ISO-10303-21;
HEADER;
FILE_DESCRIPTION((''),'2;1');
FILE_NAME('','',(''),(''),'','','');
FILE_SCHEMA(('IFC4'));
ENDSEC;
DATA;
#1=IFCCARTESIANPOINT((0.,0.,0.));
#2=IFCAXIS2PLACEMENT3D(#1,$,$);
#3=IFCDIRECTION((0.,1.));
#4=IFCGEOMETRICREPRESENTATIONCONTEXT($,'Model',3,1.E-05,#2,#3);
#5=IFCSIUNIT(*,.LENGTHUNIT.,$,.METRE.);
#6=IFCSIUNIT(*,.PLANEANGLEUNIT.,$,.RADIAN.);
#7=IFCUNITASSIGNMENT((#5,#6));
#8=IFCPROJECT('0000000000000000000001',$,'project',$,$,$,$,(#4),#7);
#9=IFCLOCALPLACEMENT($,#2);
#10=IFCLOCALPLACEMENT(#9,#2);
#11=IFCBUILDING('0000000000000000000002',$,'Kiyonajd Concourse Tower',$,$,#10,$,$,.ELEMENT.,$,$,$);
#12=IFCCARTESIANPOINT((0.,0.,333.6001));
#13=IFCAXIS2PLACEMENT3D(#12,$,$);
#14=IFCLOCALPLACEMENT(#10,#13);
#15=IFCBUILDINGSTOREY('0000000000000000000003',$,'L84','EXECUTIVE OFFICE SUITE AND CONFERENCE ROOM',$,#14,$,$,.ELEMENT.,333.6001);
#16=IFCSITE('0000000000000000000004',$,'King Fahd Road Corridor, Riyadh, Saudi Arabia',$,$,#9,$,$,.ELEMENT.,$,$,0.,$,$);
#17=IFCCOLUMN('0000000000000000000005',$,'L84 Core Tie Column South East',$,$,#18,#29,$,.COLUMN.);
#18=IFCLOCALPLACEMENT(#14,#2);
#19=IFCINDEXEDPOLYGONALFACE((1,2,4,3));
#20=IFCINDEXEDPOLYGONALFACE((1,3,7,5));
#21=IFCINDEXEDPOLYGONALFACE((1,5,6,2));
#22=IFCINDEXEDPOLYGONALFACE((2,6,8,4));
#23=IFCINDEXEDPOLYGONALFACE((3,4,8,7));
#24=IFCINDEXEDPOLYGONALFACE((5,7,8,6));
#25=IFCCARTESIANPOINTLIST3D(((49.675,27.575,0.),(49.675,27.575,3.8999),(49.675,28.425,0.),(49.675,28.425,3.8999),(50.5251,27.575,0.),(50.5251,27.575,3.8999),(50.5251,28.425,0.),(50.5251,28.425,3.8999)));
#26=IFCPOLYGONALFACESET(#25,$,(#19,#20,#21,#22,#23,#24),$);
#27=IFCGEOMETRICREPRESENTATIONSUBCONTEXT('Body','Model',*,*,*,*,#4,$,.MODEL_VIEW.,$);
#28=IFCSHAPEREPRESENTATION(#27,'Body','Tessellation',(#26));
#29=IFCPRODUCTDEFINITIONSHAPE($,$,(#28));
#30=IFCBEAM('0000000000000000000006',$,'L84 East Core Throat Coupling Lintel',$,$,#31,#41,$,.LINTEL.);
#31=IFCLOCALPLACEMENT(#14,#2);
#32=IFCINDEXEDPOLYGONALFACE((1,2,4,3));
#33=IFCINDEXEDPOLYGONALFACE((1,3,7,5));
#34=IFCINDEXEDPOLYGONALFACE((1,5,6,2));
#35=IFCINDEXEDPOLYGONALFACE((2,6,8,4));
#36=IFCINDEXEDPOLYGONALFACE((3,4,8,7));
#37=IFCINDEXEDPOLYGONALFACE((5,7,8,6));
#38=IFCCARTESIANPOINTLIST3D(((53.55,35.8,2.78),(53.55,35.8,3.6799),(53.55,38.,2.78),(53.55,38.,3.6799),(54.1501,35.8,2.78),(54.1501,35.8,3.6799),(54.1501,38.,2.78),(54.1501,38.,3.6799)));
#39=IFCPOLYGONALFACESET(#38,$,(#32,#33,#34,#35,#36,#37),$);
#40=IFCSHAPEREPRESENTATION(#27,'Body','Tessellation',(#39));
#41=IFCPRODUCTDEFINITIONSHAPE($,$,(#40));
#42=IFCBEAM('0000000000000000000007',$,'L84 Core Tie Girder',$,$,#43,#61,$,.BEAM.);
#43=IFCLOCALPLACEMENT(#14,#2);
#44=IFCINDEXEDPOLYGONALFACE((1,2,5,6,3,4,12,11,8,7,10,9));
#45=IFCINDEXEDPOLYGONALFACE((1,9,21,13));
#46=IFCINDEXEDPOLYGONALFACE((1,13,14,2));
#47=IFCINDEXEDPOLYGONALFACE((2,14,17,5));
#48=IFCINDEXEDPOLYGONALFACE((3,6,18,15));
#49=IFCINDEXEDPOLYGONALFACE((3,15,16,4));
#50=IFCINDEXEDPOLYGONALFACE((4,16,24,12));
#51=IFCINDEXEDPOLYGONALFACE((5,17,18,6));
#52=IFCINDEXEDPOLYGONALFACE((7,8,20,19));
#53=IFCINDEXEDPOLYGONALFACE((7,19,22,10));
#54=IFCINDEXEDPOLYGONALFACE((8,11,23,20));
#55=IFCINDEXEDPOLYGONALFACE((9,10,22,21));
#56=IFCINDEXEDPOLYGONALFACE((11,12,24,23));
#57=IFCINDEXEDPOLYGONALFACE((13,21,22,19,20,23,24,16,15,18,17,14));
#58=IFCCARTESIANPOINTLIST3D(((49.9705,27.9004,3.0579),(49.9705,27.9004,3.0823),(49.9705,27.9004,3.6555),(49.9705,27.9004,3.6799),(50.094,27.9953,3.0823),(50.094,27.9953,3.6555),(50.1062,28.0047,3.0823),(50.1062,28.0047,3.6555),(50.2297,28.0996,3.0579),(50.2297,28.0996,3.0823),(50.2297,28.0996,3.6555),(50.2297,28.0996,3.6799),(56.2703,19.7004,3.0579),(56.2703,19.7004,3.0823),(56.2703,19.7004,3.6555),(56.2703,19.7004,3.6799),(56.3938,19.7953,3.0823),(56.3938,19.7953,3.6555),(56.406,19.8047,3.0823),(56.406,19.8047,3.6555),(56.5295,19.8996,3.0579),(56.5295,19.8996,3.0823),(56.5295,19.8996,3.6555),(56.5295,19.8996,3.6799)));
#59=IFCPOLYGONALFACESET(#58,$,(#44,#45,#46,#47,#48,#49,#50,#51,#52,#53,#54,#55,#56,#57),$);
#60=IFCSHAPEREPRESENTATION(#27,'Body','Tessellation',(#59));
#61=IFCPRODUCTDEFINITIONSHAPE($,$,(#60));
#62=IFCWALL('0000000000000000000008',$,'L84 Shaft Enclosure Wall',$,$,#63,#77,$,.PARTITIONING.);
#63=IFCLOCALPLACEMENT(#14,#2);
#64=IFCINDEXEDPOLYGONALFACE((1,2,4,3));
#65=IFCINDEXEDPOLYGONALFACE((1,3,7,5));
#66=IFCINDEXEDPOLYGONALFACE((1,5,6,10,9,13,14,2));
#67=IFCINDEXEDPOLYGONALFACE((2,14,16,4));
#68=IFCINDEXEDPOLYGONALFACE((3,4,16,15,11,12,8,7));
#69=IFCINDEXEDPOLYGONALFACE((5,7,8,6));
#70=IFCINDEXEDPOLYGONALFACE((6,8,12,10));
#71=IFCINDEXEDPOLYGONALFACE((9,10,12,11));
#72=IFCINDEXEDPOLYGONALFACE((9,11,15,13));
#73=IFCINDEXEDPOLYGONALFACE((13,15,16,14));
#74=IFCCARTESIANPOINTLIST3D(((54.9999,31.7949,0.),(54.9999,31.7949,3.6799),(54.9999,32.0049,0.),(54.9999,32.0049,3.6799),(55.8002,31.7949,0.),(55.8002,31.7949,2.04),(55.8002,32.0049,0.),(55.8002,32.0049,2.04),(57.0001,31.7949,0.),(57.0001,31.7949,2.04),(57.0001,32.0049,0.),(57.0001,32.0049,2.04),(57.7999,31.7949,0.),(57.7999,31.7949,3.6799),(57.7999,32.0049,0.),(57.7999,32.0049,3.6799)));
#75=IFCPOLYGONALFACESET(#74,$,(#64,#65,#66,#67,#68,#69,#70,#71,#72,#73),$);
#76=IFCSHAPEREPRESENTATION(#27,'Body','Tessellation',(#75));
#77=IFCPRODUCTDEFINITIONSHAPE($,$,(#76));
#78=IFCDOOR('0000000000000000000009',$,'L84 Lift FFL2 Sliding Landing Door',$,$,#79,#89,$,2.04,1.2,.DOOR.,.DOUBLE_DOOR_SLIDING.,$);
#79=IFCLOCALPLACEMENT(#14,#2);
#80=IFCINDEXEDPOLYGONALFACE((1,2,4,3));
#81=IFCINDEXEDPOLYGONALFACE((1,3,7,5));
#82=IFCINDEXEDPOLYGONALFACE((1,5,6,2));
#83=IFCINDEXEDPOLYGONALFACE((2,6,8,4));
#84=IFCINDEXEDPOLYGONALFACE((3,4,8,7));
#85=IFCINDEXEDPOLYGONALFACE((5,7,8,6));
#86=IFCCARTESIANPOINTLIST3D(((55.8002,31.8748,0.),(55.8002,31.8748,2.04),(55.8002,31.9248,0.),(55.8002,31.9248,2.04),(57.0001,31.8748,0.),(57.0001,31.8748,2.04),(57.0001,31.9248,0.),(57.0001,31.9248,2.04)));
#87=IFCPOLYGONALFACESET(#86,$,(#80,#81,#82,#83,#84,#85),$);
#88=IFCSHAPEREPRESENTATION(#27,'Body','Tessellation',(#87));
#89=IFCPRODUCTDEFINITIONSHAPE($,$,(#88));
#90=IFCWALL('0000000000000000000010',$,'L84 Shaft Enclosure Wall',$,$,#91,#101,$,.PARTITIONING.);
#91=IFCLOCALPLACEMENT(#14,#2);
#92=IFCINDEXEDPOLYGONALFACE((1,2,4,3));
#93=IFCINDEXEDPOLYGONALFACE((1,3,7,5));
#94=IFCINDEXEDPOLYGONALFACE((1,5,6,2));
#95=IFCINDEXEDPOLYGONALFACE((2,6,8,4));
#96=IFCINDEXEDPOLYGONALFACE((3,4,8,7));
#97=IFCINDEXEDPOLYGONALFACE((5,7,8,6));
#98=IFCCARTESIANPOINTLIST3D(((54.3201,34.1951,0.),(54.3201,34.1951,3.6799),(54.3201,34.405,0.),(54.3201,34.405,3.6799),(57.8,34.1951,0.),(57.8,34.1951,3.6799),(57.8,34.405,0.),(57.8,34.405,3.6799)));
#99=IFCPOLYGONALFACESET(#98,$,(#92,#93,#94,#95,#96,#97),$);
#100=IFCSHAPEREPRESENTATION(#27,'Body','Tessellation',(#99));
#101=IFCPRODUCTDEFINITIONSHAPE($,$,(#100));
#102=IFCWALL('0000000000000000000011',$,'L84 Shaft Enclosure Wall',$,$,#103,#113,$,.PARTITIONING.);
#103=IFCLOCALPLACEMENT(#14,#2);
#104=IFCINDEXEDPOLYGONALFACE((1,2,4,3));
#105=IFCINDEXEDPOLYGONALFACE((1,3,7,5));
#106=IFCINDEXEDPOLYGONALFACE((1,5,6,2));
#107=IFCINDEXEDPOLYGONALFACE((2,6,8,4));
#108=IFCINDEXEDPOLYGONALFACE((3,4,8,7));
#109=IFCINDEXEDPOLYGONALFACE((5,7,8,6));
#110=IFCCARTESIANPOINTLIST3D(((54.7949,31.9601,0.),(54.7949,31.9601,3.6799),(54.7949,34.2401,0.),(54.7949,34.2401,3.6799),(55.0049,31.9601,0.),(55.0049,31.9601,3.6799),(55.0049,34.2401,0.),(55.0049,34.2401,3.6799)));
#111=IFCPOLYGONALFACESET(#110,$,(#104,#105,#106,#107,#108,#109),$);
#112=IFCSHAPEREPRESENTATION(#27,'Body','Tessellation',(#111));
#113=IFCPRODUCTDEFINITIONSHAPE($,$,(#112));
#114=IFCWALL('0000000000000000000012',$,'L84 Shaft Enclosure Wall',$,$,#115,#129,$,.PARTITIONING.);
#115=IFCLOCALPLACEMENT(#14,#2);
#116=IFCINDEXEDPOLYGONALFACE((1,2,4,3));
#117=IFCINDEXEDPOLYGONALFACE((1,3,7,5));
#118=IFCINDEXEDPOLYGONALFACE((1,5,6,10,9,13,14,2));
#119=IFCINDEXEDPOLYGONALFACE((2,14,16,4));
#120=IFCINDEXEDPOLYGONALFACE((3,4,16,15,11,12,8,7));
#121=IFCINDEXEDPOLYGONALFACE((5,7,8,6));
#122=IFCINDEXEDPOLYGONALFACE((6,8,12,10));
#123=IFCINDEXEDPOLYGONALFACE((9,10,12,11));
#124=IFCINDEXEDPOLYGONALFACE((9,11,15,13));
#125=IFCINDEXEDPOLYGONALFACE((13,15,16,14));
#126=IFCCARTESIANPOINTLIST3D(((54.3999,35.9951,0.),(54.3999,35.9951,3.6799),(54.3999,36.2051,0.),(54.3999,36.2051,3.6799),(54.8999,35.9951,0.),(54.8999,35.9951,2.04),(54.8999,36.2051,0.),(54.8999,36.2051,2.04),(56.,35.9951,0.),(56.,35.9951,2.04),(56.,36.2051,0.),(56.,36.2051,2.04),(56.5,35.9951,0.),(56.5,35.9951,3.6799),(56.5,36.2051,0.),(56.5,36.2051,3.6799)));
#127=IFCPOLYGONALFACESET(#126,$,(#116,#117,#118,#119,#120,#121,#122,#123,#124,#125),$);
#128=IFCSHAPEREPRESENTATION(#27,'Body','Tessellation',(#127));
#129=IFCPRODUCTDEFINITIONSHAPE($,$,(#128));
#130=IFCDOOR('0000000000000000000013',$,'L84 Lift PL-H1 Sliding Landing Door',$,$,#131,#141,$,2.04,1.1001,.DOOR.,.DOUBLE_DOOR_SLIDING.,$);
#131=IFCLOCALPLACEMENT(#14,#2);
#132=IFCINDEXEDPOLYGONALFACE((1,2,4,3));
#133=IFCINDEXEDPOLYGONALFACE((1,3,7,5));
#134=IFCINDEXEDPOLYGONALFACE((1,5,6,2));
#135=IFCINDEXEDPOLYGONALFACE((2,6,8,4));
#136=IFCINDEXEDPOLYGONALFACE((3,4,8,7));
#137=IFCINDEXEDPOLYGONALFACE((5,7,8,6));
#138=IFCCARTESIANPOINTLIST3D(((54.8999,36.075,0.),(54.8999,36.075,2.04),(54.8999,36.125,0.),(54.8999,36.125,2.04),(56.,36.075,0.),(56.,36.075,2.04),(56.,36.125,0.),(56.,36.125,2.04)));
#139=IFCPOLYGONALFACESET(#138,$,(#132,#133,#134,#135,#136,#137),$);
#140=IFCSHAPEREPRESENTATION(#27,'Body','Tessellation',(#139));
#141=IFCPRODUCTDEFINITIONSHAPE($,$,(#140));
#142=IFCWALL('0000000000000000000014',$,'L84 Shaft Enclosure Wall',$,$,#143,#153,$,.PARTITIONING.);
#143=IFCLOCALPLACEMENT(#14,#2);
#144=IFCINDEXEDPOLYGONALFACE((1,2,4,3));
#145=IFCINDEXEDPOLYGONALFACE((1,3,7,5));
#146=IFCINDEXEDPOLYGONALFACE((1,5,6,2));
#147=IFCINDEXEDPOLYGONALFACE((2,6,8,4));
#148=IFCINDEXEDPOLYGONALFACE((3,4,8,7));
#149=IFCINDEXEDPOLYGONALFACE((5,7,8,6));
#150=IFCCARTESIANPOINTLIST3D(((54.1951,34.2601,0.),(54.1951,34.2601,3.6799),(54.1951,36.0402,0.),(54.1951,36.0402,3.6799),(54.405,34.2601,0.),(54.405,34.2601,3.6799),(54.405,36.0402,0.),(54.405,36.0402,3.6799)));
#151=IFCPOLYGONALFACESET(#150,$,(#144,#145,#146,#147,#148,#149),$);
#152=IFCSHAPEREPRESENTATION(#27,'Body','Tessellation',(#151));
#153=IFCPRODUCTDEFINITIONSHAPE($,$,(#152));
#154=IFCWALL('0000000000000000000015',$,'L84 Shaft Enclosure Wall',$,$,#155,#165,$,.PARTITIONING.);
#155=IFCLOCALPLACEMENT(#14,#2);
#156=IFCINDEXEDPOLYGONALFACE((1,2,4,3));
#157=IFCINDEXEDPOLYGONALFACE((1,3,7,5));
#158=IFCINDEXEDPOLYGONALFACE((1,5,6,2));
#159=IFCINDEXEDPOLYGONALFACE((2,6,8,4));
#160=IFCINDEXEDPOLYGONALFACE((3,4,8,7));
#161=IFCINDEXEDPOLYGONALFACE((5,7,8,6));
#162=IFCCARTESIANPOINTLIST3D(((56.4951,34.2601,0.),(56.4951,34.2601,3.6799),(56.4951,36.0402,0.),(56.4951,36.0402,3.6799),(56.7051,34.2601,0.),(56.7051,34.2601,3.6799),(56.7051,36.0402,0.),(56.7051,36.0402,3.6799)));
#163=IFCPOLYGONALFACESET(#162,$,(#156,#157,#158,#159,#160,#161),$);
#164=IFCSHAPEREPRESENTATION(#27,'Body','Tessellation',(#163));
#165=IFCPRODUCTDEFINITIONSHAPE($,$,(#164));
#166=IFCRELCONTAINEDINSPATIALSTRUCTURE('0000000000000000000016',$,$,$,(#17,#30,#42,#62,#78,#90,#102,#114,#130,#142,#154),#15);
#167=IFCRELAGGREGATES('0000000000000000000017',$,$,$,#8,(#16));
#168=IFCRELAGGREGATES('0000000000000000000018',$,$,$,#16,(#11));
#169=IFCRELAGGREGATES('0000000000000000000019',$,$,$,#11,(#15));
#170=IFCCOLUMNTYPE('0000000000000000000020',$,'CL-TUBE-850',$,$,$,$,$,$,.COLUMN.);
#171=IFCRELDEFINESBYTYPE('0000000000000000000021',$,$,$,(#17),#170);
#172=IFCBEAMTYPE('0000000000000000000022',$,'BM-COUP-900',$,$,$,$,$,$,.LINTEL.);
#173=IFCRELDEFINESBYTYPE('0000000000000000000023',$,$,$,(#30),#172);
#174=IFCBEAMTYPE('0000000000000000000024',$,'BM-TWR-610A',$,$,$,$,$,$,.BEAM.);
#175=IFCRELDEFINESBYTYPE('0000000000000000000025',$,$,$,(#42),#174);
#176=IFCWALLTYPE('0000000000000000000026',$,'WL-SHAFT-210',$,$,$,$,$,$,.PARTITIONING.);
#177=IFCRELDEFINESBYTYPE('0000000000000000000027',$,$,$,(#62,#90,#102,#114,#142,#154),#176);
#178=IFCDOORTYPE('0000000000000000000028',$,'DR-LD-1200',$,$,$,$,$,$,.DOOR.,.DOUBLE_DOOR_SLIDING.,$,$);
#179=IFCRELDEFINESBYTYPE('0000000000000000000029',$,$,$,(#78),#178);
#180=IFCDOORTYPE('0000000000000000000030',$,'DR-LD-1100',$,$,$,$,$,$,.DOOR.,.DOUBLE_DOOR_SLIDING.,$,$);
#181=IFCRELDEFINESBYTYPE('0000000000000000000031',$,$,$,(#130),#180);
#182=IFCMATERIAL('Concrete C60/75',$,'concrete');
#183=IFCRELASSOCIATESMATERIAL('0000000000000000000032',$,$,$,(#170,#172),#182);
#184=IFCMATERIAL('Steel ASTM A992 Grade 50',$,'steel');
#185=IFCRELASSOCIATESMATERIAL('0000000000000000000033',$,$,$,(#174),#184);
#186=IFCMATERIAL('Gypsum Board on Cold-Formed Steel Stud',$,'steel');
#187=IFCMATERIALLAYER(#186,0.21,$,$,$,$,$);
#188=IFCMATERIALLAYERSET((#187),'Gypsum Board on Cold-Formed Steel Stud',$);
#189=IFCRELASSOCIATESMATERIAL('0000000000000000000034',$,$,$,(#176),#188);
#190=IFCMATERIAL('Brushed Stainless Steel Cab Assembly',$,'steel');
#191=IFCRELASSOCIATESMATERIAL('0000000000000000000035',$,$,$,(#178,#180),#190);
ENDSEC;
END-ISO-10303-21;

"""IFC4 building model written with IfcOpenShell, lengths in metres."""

from ifc_helpers import new_model, si_unit, direction, frame, frame_2d, origin, origin_2d, place, context, subcontext, project, spatial, rectangle, i_section, extrude, material, layer, layer_set, material_profile, profile_set, type_object, element, fill, save


model = new_model("IFC4")

# Units and contexts
model_context = context("Model", 3, precision=1e-05, world=origin(), true_north=direction((0.0, 1.0)))
body_context = subcontext(model_context, "Body", "Model", "MODEL_VIEW")
ifc_project = project(units=[si_unit("LENGTHUNIT", "METRE"), si_unit("PLANEANGLEUNIT", "RADIAN")], contexts=[model_context])

# Site, building, storey
site_placement = place(None, origin())
site = spatial("IfcSite", under=ifc_project, at=site_placement, Name="King Fahd Road Corridor, Riyadh, Saudi Arabia", CompositionType="ELEMENT", RefElevation=0.0)
building_placement = place(site_placement, origin())
building = spatial("IfcBuilding", under=site, at=building_placement, Name="Kiyonajd Concourse Tower", CompositionType="ELEMENT")
storey_placement = place(building_placement, frame((0.0, 0.0, 333.6001)))
storey = spatial("IfcBuildingStorey", under=building, at=storey_placement, Name="L84", Description="EXECUTIVE OFFICE SUITE AND CONFERENCE ROOM", CompositionType="ELEMENT", Elevation=333.6001)

# Column
ifc_material_1 = material(Name="Concrete C60/75", Category="concrete")
ifc_material_profile_1 = material_profile(ifc_material_1, rectangle(XDim=0.8501, YDim=0.8501, at=origin_2d()), Name="RC-850x850")
ifc_profile_set_1 = profile_set([ifc_material_profile_1], Name="Concrete C60/75")
column_type = type_object("IfcColumnType", Name="CL-TUBE-850", PredefinedType="COLUMN", material=ifc_profile_set_1)
column_placement = place(storey_placement, frame((50.1001, 28.0, 0.0), z_axis=(0.0, 0.0, 1.0), x_axis=(1.0, 0.0, 0.0)))
element("IfcColumn", 1, at=column_placement, inside=storey, type_object=column_type, Name="L84 Core Tie Column South East", PredefinedType="COLUMN", context=body_context, shape_type="SweptSolid", body=[
    extrude(rectangle(XDim=0.8501, YDim=0.8501, at=origin_2d()), origin(), (0.0, 0.0, 1.0), 3.8999),
])

# Beams
ifc_material_profile_2 = material_profile(ifc_material_1, rectangle(XDim=0.6001, YDim=0.8999, at=origin_2d()), Name="RCBM-600x900")
ifc_profile_set_2 = profile_set([ifc_material_profile_2], Name="Concrete C60/75")
beam_type_1 = type_object("IfcBeamType", Name="BM-COUP-900", PredefinedType="LINTEL", material=ifc_profile_set_2)
beam_1_placement = place(storey_placement, frame((53.8501, 35.8, 3.23), z_axis=(0.0, 1.0, 0.0), x_axis=(-1.0, 0.0, 0.0)))
element("IfcBeam", 2, at=beam_1_placement, inside=storey, type_object=beam_type_1, Name="L84 East Core Throat Coupling Lintel", PredefinedType="LINTEL", context=body_context, shape_type="SweptSolid", body=[
    extrude(rectangle(XDim=0.6001, YDim=0.8999, at=origin_2d()), origin(), (0.0, 0.0, 1.0), 2.2),
])
ifc_material_2 = material(Name="Steel ASTM A992 Grade 50", Category="steel")
ifc_material_profile_3 = material_profile(ifc_material_2, i_section(OverallWidth=0.3269, OverallDepth=0.6221, WebThickness=0.0154, FlangeThickness=0.0244, at=origin_2d()), Name="W610X195")
ifc_profile_set_3 = profile_set([ifc_material_profile_3], Name="Steel ASTM A992 Grade 50")
beam_type_2 = type_object("IfcBeamType", Name="BM-TWR-610A", PredefinedType="BEAM", material=ifc_profile_set_3)
beam_2_placement = place(storey_placement, frame((50.1001, 28.0, 3.3689), z_axis=(0.609234, -0.792991, 0.0), x_axis=(0.792991, 0.609234, 0.0)))
element("IfcBeam", 3, at=beam_2_placement, inside=storey, type_object=beam_type_2, Name="L84 Core Tie Girder", PredefinedType="BEAM", context=body_context, shape_type="SweptSolid", body=[
    extrude(i_section(OverallWidth=0.3269, OverallDepth=0.6221, WebThickness=0.0154, FlangeThickness=0.0244, at=origin_2d()), origin(), (0.0, 0.0, 1.0), 10.3406),
])

# Wall, opening, door
ifc_material_3 = material(Name="Gypsum Board on Cold-Formed Steel Stud", Category="steel")
ifc_layer_1 = layer(ifc_material_3, 0.21)
ifc_layer_set_1 = layer_set([ifc_layer_1], Name="Gypsum Board on Cold-Formed Steel Stud")
wall_type_1 = type_object("IfcWallType", Name="WL-SHAFT-210", PredefinedType="PARTITIONING", material=ifc_layer_set_1)
wall_1_placement = place(storey_placement, frame((55.0, 31.8999, 0.0), z_axis=(0.0, 0.0, 1.0), x_axis=(1.0, 0.0, 0.0)))
wall_1 = element("IfcWall", 4, at=wall_1_placement, inside=storey, type_object=wall_type_1, Name="L84 Shaft Enclosure Wall", PredefinedType="PARTITIONING", context=body_context, shape_type="SweptSolid", body=[
    extrude(rectangle(XDim=2.8, YDim=0.21, at=frame_2d((1.3999, 0.0))), origin(), (0.0, 0.0, 1.0), 3.6799),
])
opening_1_placement = place(wall_1_placement, frame((0.8, 0.0, 0.0)))
opening_1 = element("IfcOpeningElement", 5, at=opening_1_placement, cuts=wall_1, PredefinedType="OPENING", context=body_context, shape_type="SweptSolid", body=[
    extrude(rectangle(XDim=1.2, YDim=2.04, at=frame_2d((0.6001, 1.02))), frame((0.0, 0.115, 0.0), z_axis=(0.0, -1.0, 0.0), x_axis=(1.0, 0.0, 0.0)), (0.0, 0.0, 1.0), 0.23),
])
ifc_material_4 = material(Name="Brushed Stainless Steel Cab Assembly", Category="steel")
door_type_1 = type_object("IfcDoorType", Name="DR-LD-1200", OperationType="DOUBLE_DOOR_SLIDING", PredefinedType="DOOR", material=ifc_material_4)
door_1_placement = place(opening_1_placement, origin())
door_1 = element("IfcDoor", 6, at=door_1_placement, inside=storey, type_object=door_type_1, Name="L84 Lift FFL2 Sliding Landing Door", OperationType="DOUBLE_DOOR_SLIDING", OverallHeight=2.04, OverallWidth=1.2, PredefinedType="DOOR", context=body_context, shape_type="SweptSolid", body=[
    extrude(rectangle(XDim=1.2, YDim=2.04, at=frame_2d((0.6001, 1.02))), frame((0.0, 0.0249, 0.0), z_axis=(0.0, -1.0, 0.0), x_axis=(1.0, 0.0, 0.0)), (0.0, 0.0, 1.0), 0.05),
])
fill(opening_1, door_1)

# Walls
wall_2_placement = place(storey_placement, frame((54.3201, 34.3, 0.0), z_axis=(0.0, 0.0, 1.0), x_axis=(1.0, 0.0, 0.0)))
element("IfcWall", 7, at=wall_2_placement, inside=storey, type_object=wall_type_1, Name="L84 Shaft Enclosure Wall", PredefinedType="PARTITIONING", context=body_context, shape_type="SweptSolid", body=[
    extrude(rectangle(XDim=3.48, YDim=0.21, at=frame_2d((1.74, 0.0))), origin(), (0.0, 0.0, 1.0), 3.6799),
])
wall_3_placement = place(storey_placement, frame((54.8999, 31.96, 0.0), z_axis=(0.0, 0.0, 1.0), x_axis=(0.0, 1.0, 0.0)))
element("IfcWall", 8, at=wall_3_placement, inside=storey, type_object=wall_type_1, Name="L84 Shaft Enclosure Wall", PredefinedType="PARTITIONING", context=body_context, shape_type="SweptSolid", body=[
    extrude(rectangle(XDim=2.28, YDim=0.21, at=frame_2d((1.1401, 0.0))), origin(), (0.0, 0.0, 1.0), 3.6799),
])

# Wall, opening, door
wall_4_placement = place(storey_placement, frame((54.3999, 36.1001, 0.0), z_axis=(0.0, 0.0, 1.0), x_axis=(1.0, 0.0, 0.0)))
wall_4 = element("IfcWall", 9, at=wall_4_placement, inside=storey, type_object=wall_type_1, Name="L84 Shaft Enclosure Wall", PredefinedType="PARTITIONING", context=body_context, shape_type="SweptSolid", body=[
    extrude(rectangle(XDim=2.1001, YDim=0.21, at=frame_2d((1.05, 0.0))), origin(), (0.0, 0.0, 1.0), 3.6799),
])
opening_2_placement = place(wall_4_placement, frame((0.5, 0.0, 0.0)))
opening_2 = element("IfcOpeningElement", 10, at=opening_2_placement, cuts=wall_4, PredefinedType="OPENING", context=body_context, shape_type="SweptSolid", body=[
    extrude(rectangle(XDim=1.1001, YDim=2.04, at=frame_2d((0.55, 1.02))), frame((0.0, 0.115, 0.0), z_axis=(0.0, -1.0, 0.0), x_axis=(1.0, 0.0, 0.0)), (0.0, 0.0, 1.0), 0.23),
])
door_type_2 = type_object("IfcDoorType", Name="DR-LD-1100", OperationType="DOUBLE_DOOR_SLIDING", PredefinedType="DOOR", material=ifc_material_4)
door_2_placement = place(opening_2_placement, origin())
door_2 = element("IfcDoor", 11, at=door_2_placement, inside=storey, type_object=door_type_2, Name="L84 Lift PL-H1 Sliding Landing Door", OperationType="DOUBLE_DOOR_SLIDING", OverallHeight=2.04, OverallWidth=1.1001, PredefinedType="DOOR", context=body_context, shape_type="SweptSolid", body=[
    extrude(rectangle(XDim=1.1001, YDim=2.04, at=frame_2d((0.55, 1.02))), frame((0.0, 0.0249, 0.0), z_axis=(0.0, -1.0, 0.0), x_axis=(1.0, 0.0, 0.0)), (0.0, 0.0, 1.0), 0.05),
])
fill(opening_2, door_2)

# Walls
for number, where, z_axis, x_axis, name in (
    (12, (54.3, 34.26, 0.0), (0.0, 0.0, 1.0), (0.0, 1.0, 0.0), "L84 Shaft Enclosure Wall"),
    (13, (56.6001, 34.26, 0.0), (0.0, 0.0, 1.0), (0.0, 1.0, 0.0), "L84 Shaft Enclosure Wall"),
):
    element("IfcWall", number, at=place(storey_placement, frame(where, z_axis=z_axis, x_axis=x_axis)), inside=storey, type_object=wall_type_1, Name=name, PredefinedType="PARTITIONING", context=body_context, shape_type="SweptSolid", body=[
        extrude(rectangle(XDim=1.78, YDim=0.21, at=frame_2d((0.8901, 0.0))), origin(), (0.0, 0.0, 1.0), 3.6799),
    ])

save(model, "model.ifc")
